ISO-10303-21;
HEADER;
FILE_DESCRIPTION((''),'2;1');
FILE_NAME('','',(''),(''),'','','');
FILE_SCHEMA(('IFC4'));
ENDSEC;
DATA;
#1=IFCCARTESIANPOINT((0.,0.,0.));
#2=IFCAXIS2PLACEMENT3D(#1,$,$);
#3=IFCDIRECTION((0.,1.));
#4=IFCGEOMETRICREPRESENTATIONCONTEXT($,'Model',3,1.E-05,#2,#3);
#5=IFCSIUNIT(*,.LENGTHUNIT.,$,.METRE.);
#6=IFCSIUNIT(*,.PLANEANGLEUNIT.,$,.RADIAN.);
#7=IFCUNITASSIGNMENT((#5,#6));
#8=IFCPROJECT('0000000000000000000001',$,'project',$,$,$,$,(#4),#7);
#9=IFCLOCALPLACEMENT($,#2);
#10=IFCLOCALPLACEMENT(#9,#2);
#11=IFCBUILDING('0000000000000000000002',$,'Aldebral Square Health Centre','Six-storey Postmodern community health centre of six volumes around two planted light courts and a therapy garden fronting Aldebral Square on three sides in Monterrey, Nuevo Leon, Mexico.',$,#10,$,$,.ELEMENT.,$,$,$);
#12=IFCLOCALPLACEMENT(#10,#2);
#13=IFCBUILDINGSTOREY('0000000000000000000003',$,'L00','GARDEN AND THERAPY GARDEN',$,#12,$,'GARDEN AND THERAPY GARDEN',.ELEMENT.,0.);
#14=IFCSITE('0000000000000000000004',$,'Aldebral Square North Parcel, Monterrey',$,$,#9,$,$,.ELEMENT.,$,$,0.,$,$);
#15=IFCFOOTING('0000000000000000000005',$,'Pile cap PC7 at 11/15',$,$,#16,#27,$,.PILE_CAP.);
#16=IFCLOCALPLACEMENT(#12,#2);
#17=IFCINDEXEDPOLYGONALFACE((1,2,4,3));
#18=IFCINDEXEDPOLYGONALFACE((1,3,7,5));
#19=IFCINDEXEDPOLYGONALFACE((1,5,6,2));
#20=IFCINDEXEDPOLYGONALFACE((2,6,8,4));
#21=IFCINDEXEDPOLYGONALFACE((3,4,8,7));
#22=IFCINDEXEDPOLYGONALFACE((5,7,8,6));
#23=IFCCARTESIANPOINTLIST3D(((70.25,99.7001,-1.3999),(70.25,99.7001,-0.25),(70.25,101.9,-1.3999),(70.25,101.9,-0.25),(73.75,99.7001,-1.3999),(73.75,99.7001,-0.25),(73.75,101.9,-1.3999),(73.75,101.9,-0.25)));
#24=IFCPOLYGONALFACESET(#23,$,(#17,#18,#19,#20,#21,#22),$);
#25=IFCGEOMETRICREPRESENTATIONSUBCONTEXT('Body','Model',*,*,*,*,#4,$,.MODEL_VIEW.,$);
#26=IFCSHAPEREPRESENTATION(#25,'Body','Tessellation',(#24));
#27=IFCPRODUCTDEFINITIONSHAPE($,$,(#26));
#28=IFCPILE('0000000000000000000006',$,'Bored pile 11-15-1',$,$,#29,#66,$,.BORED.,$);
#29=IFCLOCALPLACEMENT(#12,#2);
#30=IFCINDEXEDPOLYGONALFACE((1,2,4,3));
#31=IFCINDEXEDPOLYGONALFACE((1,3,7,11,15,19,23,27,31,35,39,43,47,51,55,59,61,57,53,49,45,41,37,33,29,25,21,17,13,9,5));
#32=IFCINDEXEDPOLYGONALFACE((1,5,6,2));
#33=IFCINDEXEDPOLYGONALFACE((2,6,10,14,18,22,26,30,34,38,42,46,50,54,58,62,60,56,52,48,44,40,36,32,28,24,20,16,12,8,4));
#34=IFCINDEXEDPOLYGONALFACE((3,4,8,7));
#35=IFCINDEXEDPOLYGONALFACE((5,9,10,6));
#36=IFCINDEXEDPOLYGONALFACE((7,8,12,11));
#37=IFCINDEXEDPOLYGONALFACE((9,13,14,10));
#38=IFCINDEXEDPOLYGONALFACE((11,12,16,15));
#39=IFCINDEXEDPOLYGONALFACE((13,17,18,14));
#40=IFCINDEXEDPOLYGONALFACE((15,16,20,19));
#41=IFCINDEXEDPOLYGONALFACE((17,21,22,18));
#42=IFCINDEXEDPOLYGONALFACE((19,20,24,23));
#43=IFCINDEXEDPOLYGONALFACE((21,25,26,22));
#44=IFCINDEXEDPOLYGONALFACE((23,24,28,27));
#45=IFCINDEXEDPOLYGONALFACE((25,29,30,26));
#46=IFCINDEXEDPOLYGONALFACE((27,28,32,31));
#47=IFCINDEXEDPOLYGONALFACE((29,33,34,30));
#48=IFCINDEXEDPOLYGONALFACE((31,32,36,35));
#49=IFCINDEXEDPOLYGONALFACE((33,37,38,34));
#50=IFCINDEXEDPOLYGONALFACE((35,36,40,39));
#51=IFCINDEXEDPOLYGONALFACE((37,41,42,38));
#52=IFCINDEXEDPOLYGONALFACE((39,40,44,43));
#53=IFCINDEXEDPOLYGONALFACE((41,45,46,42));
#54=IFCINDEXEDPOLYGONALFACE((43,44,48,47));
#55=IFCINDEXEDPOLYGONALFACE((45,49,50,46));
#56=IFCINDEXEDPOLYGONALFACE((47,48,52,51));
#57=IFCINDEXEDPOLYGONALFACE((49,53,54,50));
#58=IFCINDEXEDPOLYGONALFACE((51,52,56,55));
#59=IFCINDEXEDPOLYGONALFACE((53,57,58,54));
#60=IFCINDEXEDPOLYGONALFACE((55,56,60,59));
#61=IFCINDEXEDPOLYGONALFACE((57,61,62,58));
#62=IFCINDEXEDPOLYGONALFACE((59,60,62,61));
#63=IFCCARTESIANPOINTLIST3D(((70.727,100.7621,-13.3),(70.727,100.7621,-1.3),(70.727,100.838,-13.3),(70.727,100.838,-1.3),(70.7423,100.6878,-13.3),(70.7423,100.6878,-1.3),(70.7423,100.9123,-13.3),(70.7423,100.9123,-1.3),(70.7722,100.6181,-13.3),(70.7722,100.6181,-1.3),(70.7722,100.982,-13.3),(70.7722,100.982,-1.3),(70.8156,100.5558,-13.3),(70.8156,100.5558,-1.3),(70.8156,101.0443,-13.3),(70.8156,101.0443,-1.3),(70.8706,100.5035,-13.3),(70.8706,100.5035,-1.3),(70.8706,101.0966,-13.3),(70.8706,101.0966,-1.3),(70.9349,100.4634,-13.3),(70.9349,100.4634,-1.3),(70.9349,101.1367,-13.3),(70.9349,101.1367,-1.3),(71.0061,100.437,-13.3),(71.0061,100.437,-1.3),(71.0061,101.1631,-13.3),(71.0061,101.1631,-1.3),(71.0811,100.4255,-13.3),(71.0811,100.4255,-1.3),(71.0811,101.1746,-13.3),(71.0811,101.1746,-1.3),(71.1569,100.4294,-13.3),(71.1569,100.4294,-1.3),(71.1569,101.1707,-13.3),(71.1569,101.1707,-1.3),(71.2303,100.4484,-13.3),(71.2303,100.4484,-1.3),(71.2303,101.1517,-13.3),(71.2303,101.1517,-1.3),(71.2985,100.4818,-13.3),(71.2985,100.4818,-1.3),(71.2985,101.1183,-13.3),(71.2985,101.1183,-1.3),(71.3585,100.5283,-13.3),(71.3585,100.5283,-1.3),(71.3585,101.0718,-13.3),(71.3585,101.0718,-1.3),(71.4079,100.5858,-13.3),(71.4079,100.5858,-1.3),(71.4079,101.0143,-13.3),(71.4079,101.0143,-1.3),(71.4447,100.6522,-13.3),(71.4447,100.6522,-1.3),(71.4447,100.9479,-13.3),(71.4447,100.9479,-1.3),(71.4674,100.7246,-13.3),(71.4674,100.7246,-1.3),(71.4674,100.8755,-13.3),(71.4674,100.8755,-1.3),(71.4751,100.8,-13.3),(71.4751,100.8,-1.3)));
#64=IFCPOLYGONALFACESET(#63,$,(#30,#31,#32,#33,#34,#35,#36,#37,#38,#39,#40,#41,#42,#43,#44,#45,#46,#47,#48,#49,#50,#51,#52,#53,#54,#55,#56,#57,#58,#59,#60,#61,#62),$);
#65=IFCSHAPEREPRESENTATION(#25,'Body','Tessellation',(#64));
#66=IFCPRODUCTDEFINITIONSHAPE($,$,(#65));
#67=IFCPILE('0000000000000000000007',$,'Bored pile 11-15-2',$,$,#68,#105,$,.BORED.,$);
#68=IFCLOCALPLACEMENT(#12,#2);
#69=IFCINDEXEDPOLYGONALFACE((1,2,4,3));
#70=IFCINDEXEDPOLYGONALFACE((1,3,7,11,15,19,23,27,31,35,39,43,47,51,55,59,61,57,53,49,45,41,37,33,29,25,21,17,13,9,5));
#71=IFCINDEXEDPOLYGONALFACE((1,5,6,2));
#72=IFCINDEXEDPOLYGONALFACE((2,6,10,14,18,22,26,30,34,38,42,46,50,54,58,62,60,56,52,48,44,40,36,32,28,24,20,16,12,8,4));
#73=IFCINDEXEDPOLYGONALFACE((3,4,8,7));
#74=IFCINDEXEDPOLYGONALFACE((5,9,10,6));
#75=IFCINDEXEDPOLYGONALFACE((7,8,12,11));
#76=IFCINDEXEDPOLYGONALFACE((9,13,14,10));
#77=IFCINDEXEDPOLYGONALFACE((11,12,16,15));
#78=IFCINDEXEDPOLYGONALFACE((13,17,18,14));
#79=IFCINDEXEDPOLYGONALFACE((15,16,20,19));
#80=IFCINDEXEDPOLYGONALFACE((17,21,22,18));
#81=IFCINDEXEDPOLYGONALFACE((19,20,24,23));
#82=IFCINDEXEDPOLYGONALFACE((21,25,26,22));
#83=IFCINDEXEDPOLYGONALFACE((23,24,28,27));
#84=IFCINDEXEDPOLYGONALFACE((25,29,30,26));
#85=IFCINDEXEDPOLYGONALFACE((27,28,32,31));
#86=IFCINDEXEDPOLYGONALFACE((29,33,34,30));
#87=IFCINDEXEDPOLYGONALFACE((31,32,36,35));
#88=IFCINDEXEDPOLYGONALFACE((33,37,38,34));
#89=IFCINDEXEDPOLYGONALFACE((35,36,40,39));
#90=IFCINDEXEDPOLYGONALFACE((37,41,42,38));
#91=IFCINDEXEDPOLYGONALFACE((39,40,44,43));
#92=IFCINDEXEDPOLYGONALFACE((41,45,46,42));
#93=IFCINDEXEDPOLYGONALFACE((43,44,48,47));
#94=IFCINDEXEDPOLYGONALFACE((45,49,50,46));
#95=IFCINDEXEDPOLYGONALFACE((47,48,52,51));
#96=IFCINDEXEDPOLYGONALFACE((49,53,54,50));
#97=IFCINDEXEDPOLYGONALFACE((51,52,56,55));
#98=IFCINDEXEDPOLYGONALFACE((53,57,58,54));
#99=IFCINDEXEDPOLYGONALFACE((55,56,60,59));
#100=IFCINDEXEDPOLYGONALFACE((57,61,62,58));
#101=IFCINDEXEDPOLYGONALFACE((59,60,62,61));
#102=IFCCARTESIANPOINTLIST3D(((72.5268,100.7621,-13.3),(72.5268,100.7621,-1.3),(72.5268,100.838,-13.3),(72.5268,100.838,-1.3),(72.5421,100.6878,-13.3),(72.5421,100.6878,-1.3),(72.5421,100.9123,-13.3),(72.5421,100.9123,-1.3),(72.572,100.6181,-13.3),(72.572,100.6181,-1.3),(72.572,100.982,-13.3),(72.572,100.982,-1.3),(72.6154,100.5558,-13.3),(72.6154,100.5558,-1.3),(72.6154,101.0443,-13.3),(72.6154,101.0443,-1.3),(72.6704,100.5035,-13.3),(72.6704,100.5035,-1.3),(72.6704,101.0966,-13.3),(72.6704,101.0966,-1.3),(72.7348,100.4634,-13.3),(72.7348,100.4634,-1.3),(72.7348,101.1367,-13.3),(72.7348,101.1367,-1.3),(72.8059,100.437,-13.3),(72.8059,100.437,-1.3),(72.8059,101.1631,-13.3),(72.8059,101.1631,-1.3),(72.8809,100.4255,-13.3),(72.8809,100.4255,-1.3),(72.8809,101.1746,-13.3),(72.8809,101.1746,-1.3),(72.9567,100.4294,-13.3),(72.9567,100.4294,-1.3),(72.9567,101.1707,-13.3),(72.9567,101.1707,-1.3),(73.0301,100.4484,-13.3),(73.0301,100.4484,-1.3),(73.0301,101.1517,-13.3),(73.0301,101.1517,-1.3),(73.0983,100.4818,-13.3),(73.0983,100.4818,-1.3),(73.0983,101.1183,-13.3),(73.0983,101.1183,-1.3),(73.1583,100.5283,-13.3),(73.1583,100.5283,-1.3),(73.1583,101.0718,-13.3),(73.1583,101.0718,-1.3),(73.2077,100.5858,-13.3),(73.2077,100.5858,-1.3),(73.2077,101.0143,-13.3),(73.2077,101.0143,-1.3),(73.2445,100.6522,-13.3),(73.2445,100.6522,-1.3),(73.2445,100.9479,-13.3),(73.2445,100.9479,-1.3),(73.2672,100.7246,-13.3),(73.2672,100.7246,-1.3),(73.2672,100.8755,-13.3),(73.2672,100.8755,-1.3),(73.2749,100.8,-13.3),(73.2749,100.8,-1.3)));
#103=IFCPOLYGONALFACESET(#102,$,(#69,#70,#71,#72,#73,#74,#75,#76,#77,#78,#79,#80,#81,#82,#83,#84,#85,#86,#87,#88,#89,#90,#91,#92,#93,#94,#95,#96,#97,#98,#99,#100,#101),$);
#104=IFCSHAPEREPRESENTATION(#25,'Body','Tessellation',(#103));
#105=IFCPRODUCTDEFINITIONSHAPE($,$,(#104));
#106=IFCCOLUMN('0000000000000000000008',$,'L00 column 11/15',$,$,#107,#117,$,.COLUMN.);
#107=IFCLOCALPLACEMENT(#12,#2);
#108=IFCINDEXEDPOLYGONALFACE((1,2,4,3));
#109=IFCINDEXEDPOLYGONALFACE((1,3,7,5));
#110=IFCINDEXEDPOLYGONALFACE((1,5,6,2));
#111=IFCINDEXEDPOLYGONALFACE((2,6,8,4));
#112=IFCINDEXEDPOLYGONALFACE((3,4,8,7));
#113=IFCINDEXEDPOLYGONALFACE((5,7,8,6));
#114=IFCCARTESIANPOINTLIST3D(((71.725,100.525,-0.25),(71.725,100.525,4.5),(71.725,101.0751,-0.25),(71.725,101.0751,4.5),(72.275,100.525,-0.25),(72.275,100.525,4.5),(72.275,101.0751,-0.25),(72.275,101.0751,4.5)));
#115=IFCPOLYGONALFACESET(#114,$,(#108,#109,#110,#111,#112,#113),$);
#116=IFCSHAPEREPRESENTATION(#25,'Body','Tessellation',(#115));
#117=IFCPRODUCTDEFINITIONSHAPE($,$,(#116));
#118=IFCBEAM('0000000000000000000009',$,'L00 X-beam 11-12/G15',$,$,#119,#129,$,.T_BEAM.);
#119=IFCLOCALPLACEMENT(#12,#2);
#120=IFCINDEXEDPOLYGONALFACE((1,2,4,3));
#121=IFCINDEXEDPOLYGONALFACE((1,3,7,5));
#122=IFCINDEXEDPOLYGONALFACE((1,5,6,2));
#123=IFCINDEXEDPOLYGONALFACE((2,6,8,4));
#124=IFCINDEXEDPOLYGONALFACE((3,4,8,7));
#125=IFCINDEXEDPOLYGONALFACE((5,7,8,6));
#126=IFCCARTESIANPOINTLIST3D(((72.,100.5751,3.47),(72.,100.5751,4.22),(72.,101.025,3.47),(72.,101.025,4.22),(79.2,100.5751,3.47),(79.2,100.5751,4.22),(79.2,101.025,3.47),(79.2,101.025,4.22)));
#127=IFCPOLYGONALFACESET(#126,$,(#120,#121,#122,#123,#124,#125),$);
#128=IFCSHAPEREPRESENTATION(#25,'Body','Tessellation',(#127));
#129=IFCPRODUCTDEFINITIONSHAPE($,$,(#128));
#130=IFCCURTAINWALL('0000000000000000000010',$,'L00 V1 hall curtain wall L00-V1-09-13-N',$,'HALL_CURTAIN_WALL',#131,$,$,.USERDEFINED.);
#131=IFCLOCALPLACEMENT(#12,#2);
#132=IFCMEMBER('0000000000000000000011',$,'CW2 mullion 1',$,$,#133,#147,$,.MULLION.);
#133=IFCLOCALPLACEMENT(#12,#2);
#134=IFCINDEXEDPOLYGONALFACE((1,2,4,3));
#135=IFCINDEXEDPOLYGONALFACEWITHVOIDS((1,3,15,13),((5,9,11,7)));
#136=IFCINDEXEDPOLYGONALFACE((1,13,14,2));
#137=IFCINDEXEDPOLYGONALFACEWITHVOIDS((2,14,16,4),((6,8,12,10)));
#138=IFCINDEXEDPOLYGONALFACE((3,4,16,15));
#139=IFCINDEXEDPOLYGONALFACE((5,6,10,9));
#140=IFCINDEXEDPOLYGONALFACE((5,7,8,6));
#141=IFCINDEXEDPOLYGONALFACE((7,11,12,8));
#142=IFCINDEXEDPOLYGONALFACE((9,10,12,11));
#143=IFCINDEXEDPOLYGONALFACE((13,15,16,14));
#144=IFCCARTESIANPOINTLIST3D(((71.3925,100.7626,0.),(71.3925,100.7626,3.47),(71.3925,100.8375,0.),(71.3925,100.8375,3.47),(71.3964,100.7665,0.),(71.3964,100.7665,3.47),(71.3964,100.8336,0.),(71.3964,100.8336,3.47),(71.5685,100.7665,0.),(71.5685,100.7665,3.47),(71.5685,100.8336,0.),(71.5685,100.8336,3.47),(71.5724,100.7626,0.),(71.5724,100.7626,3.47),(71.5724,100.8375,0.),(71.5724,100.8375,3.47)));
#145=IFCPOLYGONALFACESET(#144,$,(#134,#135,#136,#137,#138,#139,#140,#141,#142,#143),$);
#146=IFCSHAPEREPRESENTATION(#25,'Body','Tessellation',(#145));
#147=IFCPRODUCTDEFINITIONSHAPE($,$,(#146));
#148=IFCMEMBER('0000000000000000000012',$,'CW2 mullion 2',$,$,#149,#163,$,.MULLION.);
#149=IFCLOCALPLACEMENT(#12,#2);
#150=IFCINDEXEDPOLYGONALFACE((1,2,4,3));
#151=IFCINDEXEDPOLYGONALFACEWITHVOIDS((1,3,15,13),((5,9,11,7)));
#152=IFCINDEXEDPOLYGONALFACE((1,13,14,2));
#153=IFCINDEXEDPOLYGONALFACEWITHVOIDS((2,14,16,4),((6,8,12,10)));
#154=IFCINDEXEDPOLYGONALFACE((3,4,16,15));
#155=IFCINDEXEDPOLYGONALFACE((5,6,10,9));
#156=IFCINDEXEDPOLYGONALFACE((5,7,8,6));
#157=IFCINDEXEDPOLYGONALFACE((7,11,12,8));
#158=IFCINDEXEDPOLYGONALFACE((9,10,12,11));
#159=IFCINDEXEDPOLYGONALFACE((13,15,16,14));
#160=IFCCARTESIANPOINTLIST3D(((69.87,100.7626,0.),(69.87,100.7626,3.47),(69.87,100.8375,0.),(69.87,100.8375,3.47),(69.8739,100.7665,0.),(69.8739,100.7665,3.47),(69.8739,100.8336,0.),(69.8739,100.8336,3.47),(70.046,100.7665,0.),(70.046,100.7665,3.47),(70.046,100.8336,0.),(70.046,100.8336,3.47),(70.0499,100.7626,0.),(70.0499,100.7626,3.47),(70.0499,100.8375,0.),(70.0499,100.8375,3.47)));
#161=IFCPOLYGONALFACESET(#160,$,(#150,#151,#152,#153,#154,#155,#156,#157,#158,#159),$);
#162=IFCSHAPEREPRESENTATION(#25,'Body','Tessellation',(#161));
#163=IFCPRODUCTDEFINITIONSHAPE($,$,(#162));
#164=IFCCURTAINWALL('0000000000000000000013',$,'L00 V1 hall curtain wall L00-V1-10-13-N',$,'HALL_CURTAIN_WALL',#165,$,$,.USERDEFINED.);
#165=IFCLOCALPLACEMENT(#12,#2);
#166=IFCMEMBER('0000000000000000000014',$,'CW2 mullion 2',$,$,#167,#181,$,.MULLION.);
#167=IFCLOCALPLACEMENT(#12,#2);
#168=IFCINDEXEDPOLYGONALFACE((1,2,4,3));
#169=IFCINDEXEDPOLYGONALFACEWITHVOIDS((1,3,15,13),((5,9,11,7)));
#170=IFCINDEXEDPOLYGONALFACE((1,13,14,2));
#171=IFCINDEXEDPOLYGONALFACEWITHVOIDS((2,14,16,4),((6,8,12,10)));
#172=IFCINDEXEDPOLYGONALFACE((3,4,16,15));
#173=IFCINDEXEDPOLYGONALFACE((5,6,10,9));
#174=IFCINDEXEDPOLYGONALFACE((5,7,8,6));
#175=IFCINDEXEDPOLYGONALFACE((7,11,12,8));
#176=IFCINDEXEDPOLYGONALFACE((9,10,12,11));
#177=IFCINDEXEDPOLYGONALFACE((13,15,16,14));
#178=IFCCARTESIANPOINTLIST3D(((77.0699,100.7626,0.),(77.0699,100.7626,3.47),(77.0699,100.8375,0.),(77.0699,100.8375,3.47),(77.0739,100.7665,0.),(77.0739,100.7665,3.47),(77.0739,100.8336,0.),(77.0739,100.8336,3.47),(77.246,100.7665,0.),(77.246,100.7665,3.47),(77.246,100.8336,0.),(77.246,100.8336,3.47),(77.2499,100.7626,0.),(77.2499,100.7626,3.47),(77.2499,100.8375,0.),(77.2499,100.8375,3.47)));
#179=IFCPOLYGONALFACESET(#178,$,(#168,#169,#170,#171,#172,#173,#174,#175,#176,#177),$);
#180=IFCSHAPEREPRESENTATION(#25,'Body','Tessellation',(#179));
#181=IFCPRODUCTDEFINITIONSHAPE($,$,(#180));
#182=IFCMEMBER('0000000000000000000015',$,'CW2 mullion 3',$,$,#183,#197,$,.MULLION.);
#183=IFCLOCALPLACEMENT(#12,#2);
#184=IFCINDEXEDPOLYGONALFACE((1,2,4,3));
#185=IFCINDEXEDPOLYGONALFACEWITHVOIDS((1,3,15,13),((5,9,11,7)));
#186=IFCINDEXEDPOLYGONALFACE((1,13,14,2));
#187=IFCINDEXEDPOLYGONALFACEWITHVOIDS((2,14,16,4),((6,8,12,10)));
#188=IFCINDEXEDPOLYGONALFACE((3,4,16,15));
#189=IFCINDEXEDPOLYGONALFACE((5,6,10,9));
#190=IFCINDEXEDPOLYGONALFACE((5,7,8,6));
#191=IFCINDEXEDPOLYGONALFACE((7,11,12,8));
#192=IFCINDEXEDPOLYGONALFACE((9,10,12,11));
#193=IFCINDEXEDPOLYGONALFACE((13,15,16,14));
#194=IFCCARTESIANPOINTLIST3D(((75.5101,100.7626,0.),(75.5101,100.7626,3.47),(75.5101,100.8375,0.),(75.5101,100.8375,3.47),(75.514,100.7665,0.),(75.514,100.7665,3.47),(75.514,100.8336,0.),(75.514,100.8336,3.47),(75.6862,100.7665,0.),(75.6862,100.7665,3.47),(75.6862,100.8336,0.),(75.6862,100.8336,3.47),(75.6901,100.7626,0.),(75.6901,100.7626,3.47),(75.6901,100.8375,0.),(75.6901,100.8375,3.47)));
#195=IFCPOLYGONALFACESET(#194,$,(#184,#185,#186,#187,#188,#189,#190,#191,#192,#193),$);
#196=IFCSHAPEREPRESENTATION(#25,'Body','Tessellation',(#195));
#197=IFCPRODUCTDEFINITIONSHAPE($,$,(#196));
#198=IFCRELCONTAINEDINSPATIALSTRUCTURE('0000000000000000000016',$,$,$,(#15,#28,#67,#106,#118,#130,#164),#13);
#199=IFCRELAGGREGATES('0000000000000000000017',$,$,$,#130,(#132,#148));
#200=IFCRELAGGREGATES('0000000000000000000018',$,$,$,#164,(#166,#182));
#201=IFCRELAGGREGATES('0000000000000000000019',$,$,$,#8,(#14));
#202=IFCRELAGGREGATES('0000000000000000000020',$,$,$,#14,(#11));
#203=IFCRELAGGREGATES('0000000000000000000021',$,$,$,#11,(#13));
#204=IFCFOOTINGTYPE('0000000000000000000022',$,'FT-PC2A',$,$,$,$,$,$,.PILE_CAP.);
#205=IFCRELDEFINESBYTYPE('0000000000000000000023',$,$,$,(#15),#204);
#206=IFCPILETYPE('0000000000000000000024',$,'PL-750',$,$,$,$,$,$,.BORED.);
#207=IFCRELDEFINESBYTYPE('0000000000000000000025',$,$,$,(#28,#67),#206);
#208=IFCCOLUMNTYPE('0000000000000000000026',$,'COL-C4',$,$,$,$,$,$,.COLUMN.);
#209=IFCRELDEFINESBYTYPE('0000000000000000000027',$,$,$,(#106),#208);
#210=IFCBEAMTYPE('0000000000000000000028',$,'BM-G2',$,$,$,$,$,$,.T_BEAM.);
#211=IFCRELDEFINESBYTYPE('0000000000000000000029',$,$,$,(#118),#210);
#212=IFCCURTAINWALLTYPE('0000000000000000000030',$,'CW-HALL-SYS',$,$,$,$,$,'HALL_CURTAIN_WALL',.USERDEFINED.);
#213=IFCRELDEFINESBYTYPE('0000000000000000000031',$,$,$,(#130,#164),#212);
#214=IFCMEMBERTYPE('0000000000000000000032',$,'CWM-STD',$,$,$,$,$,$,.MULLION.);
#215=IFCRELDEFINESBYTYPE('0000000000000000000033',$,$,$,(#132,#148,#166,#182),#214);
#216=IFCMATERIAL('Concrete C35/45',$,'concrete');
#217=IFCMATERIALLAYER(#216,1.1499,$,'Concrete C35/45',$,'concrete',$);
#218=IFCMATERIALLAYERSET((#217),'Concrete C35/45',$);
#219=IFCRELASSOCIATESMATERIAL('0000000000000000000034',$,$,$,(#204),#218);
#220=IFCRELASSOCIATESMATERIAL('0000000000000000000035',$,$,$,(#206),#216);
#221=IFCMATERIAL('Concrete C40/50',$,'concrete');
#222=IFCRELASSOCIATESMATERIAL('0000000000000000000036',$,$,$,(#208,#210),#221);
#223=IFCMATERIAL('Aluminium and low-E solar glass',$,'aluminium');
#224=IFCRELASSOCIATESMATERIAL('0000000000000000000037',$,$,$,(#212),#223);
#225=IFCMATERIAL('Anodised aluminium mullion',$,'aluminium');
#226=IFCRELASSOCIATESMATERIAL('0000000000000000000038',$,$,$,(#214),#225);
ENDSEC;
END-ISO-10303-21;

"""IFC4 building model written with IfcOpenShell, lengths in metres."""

from ifc_helpers import new_model, si_unit, direction, frame, origin, origin_2d, place, context, subcontext, project, spatial, rectangle, hollow_rectangle, circle, extrude, material, layer, layer_set, material_profile, profile_set, type_object, element, aggregate, save


model = new_model("IFC4")

# Units and contexts
model_context = context("Model", 3, precision=1e-05, world=origin(), true_north=direction((0.0, 1.0)))
body_context = subcontext(model_context, "Body", "Model", "MODEL_VIEW")
ifc_project = project(units=[si_unit("LENGTHUNIT", "METRE"), si_unit("PLANEANGLEUNIT", "RADIAN")], contexts=[model_context])

# Site, building, storey
site_placement = place(None, origin())
site = spatial("IfcSite", under=ifc_project, at=site_placement, Name="Aldebral Square North Parcel, Monterrey", CompositionType="ELEMENT", RefElevation=0.0)
building_placement = place(site_placement, origin())
building = spatial("IfcBuilding", under=site, at=building_placement, Name="Aldebral Square Health Centre", Description="Six-storey Postmodern community health centre of six volumes around two planted light courts and a therapy garden fronting Aldebral Square on three sides in Monterrey, Nuevo Leon, Mexico.", CompositionType="ELEMENT")
storey_placement = place(building_placement, origin())
storey = spatial("IfcBuildingStorey", under=building, at=storey_placement, Name="L00", Description="GARDEN AND THERAPY GARDEN", LongName="GARDEN AND THERAPY GARDEN", CompositionType="ELEMENT", Elevation=0.0)

# Footing
ifc_material_1 = material(Name="Concrete C35/45", Category="concrete")
ifc_layer_1 = layer(ifc_material_1, 1.1499, Name="Concrete C35/45", Category="concrete")
ifc_layer_set_1 = layer_set([ifc_layer_1], Name="Concrete C35/45")
footing_type = type_object("IfcFootingType", Name="FT-PC2A", PredefinedType="PILE_CAP", material=ifc_layer_set_1)
footing_placement = place(storey_placement, frame((72.0, 100.8, -1.3999), z_axis=(0.0, 0.0, 1.0), x_axis=(1.0, 0.0, 0.0)))
element("IfcFooting", 1, at=footing_placement, inside=storey, type_object=footing_type, Name="Pile cap PC7 at 11/15", PredefinedType="PILE_CAP", context=body_context, shape_type="SweptSolid", body=[
    extrude(rectangle(XDim=3.5, YDim=2.2, at=origin_2d()), origin(), (0.0, 0.0, 1.0), 1.1499),
])

# Piles
ifc_material_profile_1 = material_profile(ifc_material_1, circle(Radius=0.375, at=origin_2d()), Name="PILE D750")
ifc_profile_set_1 = profile_set([ifc_material_profile_1], Name="Concrete C35/45")
pile_type = type_object("IfcPileType", Name="PL-750", PredefinedType="BORED", material=ifc_profile_set_1)
for number, where, z_axis, x_axis, name in (
    (2, (71.1001, 100.8, -1.3), (0.0, 0.0, -1.0), (1.0, 0.0, 0.0), "Bored pile 11-15-1"),
    (3, (72.8999, 100.8, -1.3), (0.0, 0.0, -1.0), (1.0, 0.0, 0.0), "Bored pile 11-15-2"),
):
    element("IfcPile", number, at=place(storey_placement, frame(where, z_axis=z_axis, x_axis=x_axis)), inside=storey, type_object=pile_type, Name=name, PredefinedType="BORED", context=body_context, shape_type="SweptSolid", body=[
        extrude(circle(Radius=0.375, at=origin_2d()), origin(), (0.0, 0.0, 1.0), 12.0),
    ])

# Column
ifc_material_2 = material(Name="Concrete C40/50", Category="concrete")
ifc_material_profile_2 = material_profile(ifc_material_2, rectangle(XDim=0.55, YDim=0.55, at=origin_2d()), Name="RC 550x550")
ifc_profile_set_2 = profile_set([ifc_material_profile_2], Name="Concrete C40/50")
column_type = type_object("IfcColumnType", Name="COL-C4", PredefinedType="COLUMN", material=ifc_profile_set_2)
column_placement = place(storey_placement, frame((72.0, 100.8, -0.25), z_axis=(0.0, 0.0, 1.0), x_axis=(1.0, 0.0, 0.0)))
element("IfcColumn", 4, at=column_placement, inside=storey, type_object=column_type, Name="L00 column 11/15", PredefinedType="COLUMN", context=body_context, shape_type="SweptSolid", body=[
    extrude(rectangle(XDim=0.55, YDim=0.55, at=origin_2d()), origin(), (0.0, 0.0, 1.0), 4.75),
])

# Beam
ifc_material_profile_3 = material_profile(ifc_material_2, rectangle(XDim=0.45, YDim=0.75, at=origin_2d()), Name="RC 450x750")
ifc_profile_set_3 = profile_set([ifc_material_profile_3], Name="Concrete C40/50")
beam_type = type_object("IfcBeamType", Name="BM-G2", PredefinedType="T_BEAM", material=ifc_profile_set_3)
beam_placement = place(storey_placement, frame((72.0, 100.8, 3.845), z_axis=(1.0, 0.0, 0.0), x_axis=(0.0, 1.0, 0.0)))
element("IfcBeam", 5, at=beam_placement, inside=storey, type_object=beam_type, Name="L00 X-beam 11-12/G15", PredefinedType="T_BEAM", context=body_context, shape_type="SweptSolid", body=[
    extrude(rectangle(XDim=0.45, YDim=0.75, at=origin_2d()), origin(), (0.0, 0.0, 1.0), 7.2),
])

# Curtain walls, members
ifc_material_3 = material(Name="Aluminium and low-E solar glass", Category="aluminium")
curtain_wall_type = type_object("IfcCurtainWallType", Name="CW-HALL-SYS", ElementType="HALL_CURTAIN_WALL", PredefinedType="USERDEFINED", material=ifc_material_3)
curtain_wall_1_placement = place(storey_placement, origin())
curtain_wall_1 = element("IfcCurtainWall", 6, at=curtain_wall_1_placement, inside=storey, type_object=curtain_wall_type, Name="L00 V1 hall curtain wall L00-V1-09-13-N", ObjectType="HALL_CURTAIN_WALL", PredefinedType="USERDEFINED")
ifc_material_4 = material(Name="Anodised aluminium mullion", Category="aluminium")
ifc_material_profile_4 = material_profile(ifc_material_4, hollow_rectangle(XDim=0.075, YDim=0.1799, WallThickness=0.0039, at=origin_2d()), Name="CWM 75x180x4")
ifc_profile_set_4 = profile_set([ifc_material_profile_4], Name="Anodised aluminium mullion")
member_type_1 = type_object("IfcMemberType", Name="CWM-STD", PredefinedType="MULLION", material=ifc_profile_set_4)
member_1_placement = place(storey_placement, frame((71.4824, 100.8, 0.0), z_axis=(0.0, 0.0, 1.0), x_axis=(0.0, -1.0, 0.0)))
member_1 = element("IfcMember", 7, at=member_1_placement, type_object=member_type_1, Name="CW2 mullion 1", PredefinedType="MULLION", context=body_context, shape_type="SweptSolid", body=[
    extrude(hollow_rectangle(XDim=0.075, YDim=0.1799, WallThickness=0.0039, at=origin_2d()), origin(), (0.0, 0.0, 1.0), 3.47),
])
member_2_placement = place(storey_placement, frame((69.96, 100.8, 0.0), z_axis=(0.0, 0.0, 1.0), x_axis=(0.0, -1.0, 0.0)))
member_2 = element("IfcMember", 8, at=member_2_placement, type_object=member_type_1, Name="CW2 mullion 2", PredefinedType="MULLION", context=body_context, shape_type="SweptSolid", body=[
    extrude(hollow_rectangle(XDim=0.075, YDim=0.1799, WallThickness=0.0039, at=origin_2d()), origin(), (0.0, 0.0, 1.0), 3.47),
])
curtain_wall_2_placement = place(storey_placement, origin())
curtain_wall_2 = element("IfcCurtainWall", 9, at=curtain_wall_2_placement, inside=storey, type_object=curtain_wall_type, Name="L00 V1 hall curtain wall L00-V1-10-13-N", ObjectType="HALL_CURTAIN_WALL", PredefinedType="USERDEFINED")
member_3_placement = place(storey_placement, frame((77.1599, 100.8, 0.0), z_axis=(0.0, 0.0, 1.0), x_axis=(0.0, -1.0, 0.0)))
member_3 = element("IfcMember", 10, at=member_3_placement, type_object=member_type_1, Name="CW2 mullion 2", PredefinedType="MULLION", context=body_context, shape_type="SweptSolid", body=[
    extrude(hollow_rectangle(XDim=0.075, YDim=0.1799, WallThickness=0.0039, at=origin_2d()), origin(), (0.0, 0.0, 1.0), 3.47),
])
member_4_placement = place(storey_placement, frame((75.6001, 100.8, 0.0), z_axis=(0.0, 0.0, 1.0), x_axis=(0.0, -1.0, 0.0)))
member_4 = element("IfcMember", 11, at=member_4_placement, type_object=member_type_1, Name="CW2 mullion 3", PredefinedType="MULLION", context=body_context, shape_type="SweptSolid", body=[
    extrude(hollow_rectangle(XDim=0.075, YDim=0.1799, WallThickness=0.0039, at=origin_2d()), origin(), (0.0, 0.0, 1.0), 3.47),
])

aggregate(curtain_wall_1, [member_1, member_2])
aggregate(curtain_wall_2, [member_3, member_4])

save(model, "model.ifc")
